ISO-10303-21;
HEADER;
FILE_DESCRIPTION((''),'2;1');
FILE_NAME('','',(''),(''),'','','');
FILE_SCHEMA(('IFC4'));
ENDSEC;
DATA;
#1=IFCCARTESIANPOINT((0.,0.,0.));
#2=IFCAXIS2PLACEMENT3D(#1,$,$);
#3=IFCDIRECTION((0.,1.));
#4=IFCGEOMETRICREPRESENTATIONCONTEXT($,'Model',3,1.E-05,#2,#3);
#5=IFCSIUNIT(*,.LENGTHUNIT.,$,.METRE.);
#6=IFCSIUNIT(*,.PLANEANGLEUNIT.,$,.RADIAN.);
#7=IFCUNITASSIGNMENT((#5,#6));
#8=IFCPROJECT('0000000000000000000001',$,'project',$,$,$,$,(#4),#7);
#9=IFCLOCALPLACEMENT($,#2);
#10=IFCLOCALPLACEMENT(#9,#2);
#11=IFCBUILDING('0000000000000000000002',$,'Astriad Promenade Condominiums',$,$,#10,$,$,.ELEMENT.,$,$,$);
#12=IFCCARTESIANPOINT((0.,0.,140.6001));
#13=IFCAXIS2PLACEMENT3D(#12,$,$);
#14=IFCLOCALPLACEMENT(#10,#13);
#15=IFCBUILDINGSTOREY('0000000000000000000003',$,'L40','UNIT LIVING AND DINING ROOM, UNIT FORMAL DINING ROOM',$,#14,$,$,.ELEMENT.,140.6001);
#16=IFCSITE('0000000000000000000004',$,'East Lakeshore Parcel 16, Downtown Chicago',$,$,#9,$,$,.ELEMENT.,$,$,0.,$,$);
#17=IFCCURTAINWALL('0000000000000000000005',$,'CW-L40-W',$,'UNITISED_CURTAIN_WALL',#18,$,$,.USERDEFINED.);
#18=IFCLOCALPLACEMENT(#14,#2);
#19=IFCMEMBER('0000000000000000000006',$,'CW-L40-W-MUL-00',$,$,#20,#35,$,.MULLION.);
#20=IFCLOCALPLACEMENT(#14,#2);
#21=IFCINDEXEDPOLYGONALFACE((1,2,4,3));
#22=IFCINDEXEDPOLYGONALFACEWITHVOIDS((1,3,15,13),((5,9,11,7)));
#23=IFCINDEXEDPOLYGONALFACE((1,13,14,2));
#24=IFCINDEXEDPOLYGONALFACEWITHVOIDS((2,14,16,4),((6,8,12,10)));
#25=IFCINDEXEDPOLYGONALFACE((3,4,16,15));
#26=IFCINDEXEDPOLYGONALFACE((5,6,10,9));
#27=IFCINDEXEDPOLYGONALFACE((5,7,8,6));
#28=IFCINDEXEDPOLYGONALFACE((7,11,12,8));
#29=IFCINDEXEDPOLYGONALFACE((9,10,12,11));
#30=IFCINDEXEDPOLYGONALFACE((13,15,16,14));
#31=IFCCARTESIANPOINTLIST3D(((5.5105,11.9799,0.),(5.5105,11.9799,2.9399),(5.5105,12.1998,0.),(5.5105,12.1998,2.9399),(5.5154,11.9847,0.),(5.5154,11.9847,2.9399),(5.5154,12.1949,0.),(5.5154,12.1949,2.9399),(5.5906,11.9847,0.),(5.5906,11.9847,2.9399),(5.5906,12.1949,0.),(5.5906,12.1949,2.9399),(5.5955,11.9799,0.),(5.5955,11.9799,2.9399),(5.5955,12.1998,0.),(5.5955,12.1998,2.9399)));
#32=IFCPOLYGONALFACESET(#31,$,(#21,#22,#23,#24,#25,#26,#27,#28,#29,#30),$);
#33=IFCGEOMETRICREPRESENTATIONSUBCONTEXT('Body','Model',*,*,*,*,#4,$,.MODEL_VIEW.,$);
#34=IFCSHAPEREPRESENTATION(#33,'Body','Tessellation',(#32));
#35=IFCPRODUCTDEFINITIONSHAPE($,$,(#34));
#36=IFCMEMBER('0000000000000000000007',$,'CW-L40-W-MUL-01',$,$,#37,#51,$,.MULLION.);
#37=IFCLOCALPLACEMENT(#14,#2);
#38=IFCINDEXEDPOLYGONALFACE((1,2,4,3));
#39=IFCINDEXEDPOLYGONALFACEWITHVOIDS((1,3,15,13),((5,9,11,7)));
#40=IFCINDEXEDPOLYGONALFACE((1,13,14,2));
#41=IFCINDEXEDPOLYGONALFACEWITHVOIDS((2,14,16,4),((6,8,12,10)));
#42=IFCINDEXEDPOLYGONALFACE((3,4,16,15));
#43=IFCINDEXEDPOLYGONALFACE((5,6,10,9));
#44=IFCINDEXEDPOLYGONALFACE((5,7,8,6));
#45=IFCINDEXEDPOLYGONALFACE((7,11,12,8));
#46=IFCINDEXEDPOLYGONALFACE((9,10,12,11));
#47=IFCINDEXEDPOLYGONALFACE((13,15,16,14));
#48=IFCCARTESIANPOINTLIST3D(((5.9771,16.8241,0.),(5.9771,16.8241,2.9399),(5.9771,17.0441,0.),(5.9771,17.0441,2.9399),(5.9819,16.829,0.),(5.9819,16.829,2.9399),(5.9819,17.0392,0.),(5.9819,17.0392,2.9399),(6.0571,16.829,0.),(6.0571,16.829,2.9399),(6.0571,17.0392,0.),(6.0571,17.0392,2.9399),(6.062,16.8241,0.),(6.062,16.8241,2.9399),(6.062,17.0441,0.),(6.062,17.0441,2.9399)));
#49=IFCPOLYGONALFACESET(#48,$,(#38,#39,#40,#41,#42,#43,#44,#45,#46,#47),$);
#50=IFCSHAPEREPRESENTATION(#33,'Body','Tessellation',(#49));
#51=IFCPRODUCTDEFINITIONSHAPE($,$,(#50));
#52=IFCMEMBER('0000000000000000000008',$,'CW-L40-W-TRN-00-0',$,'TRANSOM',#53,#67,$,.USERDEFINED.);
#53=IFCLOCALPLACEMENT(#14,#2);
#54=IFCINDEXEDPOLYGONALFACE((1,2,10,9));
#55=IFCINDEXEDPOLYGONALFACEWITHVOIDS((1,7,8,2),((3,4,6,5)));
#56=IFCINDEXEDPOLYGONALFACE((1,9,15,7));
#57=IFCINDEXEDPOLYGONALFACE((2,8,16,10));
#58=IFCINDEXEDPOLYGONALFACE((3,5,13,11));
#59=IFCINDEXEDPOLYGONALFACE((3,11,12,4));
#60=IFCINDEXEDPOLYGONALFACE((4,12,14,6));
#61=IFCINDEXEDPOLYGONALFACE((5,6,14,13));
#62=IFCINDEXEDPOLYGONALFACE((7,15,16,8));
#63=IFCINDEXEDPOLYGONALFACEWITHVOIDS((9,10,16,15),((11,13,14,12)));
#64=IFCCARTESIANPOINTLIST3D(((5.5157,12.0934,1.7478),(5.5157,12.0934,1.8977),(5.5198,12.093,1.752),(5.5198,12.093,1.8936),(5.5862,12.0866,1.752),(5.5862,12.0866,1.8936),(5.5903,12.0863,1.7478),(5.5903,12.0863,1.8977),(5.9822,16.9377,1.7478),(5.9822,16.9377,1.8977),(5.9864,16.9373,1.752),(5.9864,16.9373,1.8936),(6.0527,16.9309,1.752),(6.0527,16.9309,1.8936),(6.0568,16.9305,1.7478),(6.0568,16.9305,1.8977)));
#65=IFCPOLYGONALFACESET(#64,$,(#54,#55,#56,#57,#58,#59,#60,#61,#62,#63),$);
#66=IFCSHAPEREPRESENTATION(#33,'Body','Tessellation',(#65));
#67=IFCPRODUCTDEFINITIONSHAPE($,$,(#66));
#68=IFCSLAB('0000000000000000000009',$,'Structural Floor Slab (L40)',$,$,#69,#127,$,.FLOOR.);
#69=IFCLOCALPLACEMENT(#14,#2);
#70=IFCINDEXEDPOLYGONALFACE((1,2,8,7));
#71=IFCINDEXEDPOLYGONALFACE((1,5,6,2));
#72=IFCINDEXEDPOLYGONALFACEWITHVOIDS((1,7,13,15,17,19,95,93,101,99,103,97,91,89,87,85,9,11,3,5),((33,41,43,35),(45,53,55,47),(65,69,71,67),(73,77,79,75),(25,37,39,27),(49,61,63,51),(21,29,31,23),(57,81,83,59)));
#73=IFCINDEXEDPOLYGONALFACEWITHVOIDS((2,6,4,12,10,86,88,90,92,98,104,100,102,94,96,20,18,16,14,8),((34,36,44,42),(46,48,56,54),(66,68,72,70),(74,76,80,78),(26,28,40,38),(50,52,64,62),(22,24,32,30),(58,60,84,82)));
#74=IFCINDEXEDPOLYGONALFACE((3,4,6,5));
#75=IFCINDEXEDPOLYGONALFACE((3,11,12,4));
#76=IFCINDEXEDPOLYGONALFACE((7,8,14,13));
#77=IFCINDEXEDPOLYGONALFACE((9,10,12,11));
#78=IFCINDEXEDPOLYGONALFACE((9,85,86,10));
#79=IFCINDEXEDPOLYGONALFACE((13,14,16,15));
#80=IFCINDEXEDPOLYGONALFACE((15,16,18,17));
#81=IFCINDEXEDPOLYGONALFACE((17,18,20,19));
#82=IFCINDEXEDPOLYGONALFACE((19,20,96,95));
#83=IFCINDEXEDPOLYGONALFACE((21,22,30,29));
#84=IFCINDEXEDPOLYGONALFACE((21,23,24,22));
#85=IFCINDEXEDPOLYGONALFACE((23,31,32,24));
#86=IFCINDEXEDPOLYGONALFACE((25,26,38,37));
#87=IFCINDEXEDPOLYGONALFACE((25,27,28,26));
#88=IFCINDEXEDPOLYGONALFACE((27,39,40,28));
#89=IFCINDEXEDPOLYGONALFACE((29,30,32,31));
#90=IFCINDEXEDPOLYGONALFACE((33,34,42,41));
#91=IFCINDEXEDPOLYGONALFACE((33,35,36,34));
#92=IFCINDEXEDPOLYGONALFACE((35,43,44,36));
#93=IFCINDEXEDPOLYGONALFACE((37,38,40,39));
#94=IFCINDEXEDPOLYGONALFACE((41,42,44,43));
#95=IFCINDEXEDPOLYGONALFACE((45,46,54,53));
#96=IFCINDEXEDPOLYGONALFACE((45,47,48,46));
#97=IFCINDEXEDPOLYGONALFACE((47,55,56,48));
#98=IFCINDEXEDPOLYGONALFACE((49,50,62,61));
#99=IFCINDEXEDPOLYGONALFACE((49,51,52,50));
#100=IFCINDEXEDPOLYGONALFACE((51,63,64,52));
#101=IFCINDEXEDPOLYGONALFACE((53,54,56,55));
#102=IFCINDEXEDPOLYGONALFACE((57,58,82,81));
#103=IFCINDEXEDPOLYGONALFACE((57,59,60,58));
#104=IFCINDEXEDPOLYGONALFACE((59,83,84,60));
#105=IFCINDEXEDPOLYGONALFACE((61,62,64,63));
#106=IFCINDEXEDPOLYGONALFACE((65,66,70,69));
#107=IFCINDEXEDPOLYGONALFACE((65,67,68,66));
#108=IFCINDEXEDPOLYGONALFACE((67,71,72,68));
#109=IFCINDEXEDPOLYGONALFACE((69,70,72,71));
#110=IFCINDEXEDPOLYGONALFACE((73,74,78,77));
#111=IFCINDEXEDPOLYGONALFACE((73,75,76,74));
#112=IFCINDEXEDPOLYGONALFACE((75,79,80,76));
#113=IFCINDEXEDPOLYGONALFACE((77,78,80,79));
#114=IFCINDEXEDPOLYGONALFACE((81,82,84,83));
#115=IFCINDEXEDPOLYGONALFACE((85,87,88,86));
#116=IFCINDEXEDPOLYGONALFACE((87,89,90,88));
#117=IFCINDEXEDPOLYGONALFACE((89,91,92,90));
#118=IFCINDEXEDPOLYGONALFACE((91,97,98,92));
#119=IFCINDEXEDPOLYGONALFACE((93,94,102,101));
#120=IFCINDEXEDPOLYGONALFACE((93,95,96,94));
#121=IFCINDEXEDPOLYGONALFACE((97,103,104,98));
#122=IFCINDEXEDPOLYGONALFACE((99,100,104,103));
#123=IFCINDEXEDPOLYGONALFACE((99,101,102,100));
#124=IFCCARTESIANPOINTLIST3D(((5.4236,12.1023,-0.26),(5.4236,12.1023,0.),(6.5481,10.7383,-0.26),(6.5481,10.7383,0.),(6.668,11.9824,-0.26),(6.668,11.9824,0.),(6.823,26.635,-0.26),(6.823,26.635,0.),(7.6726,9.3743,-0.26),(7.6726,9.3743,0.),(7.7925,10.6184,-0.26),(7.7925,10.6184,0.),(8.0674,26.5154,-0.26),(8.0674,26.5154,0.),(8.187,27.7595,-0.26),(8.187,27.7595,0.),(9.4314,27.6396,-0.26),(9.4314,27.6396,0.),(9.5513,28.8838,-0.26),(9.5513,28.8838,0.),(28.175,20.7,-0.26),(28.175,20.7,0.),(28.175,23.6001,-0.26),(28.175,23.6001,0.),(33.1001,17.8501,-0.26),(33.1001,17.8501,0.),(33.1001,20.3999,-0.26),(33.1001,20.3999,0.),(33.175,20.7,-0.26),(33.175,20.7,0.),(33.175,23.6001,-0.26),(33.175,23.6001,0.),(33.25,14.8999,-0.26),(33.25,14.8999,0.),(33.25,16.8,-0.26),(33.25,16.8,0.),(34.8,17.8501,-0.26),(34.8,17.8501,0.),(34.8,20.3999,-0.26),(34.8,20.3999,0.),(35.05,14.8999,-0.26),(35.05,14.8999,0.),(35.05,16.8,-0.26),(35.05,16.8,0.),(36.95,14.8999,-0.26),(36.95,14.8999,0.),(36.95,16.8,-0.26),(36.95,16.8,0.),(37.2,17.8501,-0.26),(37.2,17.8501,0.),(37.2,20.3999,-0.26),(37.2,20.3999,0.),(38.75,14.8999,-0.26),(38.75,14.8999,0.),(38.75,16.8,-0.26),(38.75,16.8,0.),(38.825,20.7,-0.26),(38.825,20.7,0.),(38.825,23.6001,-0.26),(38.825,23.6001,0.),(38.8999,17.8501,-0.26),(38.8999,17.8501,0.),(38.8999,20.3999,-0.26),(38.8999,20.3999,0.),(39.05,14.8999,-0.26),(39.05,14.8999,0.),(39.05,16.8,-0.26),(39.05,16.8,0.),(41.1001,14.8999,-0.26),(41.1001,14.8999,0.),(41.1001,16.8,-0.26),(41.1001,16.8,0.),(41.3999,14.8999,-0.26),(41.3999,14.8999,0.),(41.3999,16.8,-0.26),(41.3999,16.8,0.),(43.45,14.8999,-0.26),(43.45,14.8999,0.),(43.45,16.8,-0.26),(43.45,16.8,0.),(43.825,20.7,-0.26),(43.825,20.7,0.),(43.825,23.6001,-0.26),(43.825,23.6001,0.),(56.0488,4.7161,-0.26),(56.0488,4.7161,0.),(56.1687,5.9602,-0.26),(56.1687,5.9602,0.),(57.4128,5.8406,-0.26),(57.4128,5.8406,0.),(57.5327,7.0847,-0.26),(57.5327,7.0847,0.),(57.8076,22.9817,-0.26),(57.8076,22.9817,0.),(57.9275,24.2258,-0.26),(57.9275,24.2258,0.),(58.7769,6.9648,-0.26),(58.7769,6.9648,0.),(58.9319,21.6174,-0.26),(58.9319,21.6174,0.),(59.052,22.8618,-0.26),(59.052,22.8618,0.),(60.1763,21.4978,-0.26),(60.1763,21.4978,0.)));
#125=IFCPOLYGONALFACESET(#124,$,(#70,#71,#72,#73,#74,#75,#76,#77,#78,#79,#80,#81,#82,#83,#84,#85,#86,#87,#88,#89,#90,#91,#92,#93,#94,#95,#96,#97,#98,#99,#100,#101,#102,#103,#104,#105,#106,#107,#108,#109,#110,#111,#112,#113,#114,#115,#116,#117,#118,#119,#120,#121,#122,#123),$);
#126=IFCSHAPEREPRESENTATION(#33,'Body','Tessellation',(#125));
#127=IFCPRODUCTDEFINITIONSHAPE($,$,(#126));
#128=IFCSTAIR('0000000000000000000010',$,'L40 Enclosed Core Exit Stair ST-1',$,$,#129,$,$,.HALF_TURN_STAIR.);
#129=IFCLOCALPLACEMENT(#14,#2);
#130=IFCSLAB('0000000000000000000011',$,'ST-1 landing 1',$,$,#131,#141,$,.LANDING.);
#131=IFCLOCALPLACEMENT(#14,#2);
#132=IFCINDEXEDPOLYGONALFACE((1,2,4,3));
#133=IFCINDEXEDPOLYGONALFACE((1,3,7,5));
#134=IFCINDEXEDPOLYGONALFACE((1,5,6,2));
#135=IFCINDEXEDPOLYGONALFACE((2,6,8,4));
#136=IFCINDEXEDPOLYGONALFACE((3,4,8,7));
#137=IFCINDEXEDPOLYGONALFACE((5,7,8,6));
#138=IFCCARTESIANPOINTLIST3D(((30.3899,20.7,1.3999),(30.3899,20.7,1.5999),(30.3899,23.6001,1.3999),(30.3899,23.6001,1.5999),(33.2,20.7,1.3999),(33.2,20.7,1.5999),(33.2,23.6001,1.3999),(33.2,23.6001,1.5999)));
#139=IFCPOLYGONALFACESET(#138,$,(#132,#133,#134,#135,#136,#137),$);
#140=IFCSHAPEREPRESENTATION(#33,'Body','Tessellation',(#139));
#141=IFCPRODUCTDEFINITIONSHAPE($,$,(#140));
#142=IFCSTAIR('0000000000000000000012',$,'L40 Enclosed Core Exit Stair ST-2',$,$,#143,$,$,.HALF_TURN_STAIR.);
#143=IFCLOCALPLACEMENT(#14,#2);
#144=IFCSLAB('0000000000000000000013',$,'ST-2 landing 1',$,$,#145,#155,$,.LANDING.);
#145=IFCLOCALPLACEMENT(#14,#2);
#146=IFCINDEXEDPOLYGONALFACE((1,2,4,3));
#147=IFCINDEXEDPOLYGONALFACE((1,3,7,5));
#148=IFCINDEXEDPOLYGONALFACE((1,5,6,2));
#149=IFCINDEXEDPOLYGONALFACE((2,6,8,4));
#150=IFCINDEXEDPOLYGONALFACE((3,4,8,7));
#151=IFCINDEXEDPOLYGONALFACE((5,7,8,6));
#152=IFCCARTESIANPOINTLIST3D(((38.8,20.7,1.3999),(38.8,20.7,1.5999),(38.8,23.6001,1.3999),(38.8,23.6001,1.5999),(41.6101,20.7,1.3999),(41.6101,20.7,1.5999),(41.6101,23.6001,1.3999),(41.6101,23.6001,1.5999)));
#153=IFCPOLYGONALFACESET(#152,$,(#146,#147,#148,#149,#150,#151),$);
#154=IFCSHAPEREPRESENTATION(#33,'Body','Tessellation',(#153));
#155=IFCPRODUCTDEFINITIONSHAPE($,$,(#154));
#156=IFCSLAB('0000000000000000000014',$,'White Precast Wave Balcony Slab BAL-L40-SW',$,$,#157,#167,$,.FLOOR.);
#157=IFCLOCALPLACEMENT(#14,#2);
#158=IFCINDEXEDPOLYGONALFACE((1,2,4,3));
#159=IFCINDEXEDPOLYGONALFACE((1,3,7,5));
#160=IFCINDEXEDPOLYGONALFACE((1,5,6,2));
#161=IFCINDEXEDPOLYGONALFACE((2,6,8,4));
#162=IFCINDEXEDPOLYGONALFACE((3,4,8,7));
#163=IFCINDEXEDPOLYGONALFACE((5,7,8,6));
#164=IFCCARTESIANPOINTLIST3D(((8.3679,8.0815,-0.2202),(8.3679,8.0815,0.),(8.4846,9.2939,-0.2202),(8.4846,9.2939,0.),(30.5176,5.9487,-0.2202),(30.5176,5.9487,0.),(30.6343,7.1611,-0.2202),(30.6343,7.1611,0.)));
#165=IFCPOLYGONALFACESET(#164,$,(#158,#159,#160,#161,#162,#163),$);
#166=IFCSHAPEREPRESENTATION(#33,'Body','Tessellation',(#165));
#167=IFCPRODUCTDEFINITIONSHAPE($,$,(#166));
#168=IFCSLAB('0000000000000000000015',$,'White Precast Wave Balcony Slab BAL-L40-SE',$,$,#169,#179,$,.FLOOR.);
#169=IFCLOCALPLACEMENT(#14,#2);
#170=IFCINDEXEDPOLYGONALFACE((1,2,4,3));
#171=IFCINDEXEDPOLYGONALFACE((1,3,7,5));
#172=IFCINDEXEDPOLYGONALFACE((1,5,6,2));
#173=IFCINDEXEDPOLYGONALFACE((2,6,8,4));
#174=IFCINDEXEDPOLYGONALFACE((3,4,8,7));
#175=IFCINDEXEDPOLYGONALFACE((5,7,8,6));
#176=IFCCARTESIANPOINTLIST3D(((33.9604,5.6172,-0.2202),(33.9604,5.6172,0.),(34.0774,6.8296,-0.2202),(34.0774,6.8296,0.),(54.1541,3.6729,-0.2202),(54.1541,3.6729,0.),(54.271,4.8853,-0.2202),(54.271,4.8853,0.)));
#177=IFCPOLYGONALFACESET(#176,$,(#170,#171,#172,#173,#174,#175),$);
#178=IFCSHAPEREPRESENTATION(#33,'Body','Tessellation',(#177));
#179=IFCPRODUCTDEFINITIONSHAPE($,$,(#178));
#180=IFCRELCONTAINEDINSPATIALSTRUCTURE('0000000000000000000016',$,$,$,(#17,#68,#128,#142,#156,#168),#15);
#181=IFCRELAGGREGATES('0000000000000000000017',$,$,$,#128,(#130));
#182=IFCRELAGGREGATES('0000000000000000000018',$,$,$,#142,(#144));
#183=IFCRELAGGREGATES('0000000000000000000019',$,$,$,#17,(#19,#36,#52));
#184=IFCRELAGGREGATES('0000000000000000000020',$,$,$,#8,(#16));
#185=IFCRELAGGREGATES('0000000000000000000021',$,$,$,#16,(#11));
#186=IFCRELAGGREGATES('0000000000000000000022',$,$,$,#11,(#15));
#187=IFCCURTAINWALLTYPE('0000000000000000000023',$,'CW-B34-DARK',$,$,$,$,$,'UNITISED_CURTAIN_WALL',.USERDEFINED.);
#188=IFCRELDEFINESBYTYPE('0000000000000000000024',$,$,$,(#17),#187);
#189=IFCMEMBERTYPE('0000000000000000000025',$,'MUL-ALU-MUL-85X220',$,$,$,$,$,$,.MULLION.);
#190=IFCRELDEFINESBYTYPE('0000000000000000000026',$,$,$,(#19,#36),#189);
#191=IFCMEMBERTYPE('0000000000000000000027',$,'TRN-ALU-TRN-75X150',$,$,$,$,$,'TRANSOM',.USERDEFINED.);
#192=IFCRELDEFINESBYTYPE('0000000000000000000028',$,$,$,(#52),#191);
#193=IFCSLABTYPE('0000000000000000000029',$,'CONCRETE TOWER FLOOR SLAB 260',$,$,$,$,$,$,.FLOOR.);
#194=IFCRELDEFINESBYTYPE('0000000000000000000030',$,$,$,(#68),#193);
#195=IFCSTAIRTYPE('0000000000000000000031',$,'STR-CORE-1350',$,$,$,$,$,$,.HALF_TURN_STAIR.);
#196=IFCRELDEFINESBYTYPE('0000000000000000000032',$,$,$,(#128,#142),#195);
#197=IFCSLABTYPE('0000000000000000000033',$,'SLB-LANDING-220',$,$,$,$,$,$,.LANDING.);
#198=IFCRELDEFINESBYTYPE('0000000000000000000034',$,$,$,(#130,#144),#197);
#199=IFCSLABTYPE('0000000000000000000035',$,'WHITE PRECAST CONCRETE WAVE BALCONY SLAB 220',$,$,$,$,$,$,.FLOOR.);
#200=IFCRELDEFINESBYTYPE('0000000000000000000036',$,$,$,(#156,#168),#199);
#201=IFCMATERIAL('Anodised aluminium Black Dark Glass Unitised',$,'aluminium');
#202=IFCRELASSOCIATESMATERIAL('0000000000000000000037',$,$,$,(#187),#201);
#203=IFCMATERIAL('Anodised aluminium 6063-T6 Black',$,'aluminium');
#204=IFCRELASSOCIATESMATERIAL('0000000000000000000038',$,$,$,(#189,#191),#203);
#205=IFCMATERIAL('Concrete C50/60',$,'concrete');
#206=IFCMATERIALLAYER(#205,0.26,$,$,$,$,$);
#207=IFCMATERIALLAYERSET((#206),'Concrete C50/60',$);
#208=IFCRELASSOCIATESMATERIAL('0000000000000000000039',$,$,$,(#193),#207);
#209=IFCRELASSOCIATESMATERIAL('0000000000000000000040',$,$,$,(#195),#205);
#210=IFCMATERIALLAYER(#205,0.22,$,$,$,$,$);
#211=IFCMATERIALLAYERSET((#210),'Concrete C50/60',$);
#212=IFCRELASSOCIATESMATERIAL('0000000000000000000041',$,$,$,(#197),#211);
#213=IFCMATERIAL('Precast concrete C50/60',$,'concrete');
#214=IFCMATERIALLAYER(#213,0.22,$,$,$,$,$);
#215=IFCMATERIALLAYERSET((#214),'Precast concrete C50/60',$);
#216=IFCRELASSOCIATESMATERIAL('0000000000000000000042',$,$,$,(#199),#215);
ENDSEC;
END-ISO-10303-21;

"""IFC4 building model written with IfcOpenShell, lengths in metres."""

from ifc_helpers import new_model, si_unit, direction, frame, origin, origin_2d, place, context, subcontext, project, spatial, polyline, hollow_rectangle, outline, extrude, source, transform, mapped, material, layer, layer_set, material_profile, profile_set, type_object, type_shapes, element, aggregate, save


model = new_model("IFC4")

# Units and contexts
model_context = context("Model", 3, precision=1e-05, world=origin(), true_north=direction((0.0, 1.0)))
body_context = subcontext(model_context, "Body", "Model", "MODEL_VIEW")
ifc_project = project(units=[si_unit("LENGTHUNIT", "METRE"), si_unit("PLANEANGLEUNIT", "RADIAN")], contexts=[model_context])

# Site, building, storey
site_placement = place(None, origin())
site = spatial("IfcSite", under=ifc_project, at=site_placement, Name="East Lakeshore Parcel 16, Downtown Chicago", CompositionType="ELEMENT", RefElevation=0.0)
building_placement = place(site_placement, origin())
building = spatial("IfcBuilding", under=site, at=building_placement, Name="Astriad Promenade Condominiums", CompositionType="ELEMENT")
storey_placement = place(building_placement, frame((0.0, 0.0, 140.6001)))
storey = spatial("IfcBuildingStorey", under=building, at=storey_placement, Name="L40", Description="UNIT LIVING AND DINING ROOM, UNIT FORMAL DINING ROOM", CompositionType="ELEMENT", Elevation=140.6001)

# Curtain wall, members
ifc_material_1 = material(Name="Anodised aluminium Black Dark Glass Unitised", Category="aluminium")
curtain_wall_type = type_object("IfcCurtainWallType", Name="CW-B34-DARK", ElementType="UNITISED_CURTAIN_WALL", PredefinedType="USERDEFINED", material=ifc_material_1)
curtain_wall_placement = place(storey_placement, origin())
curtain_wall = element("IfcCurtainWall", 1, at=curtain_wall_placement, inside=storey, type_object=curtain_wall_type, Name="CW-L40-W", ObjectType="UNITISED_CURTAIN_WALL", PredefinedType="USERDEFINED")
ifc_material_2 = material(Name="Anodised aluminium 6063-T6 Black", Category="aluminium")
ifc_material_profile_1 = material_profile(ifc_material_2, hollow_rectangle(XDim=0.085, YDim=0.22, WallThickness=0.0049, at=origin_2d()), Name="ALU-MUL-85X220")
ifc_profile_set_1 = profile_set([ifc_material_profile_1], Name="Anodised aluminium 6063-T6 Black")
member_type_1 = type_object("IfcMemberType", Name="MUL-ALU-MUL-85X220", PredefinedType="MULLION", material=ifc_profile_set_1)
shared_shape_1 = source(origin(), body_context, "Body", "SweptSolid", [
    extrude(hollow_rectangle(XDim=0.085, YDim=0.22, WallThickness=0.0049, at=origin_2d()), origin(), (0.0, 0.0, 1.0), 2.9399),
])
type_shapes(member_type_1, [shared_shape_1])
member_1_placement = place(storey_placement, frame((5.553, 12.0898, 0.0), z_axis=(0.0, 0.0, 1.0), x_axis=(1.0, 0.0, 0.0)))
member_1 = element("IfcMember", 2, at=member_1_placement, type_object=member_type_1, Name="CW-L40-W-MUL-00", PredefinedType="MULLION", context=body_context, shape_type="MappedRepresentation", body=[
    mapped(shared_shape_1, transform((0.0, 0.0, 0.0), scale=1.0)),
])
member_2_placement = place(storey_placement, frame((6.0195, 16.9341, 0.0), z_axis=(0.0, 0.0, 1.0), x_axis=(1.0, 0.0, 0.0)))
member_2 = element("IfcMember", 3, at=member_2_placement, type_object=member_type_1, Name="CW-L40-W-MUL-01", PredefinedType="MULLION", context=body_context, shape_type="MappedRepresentation", body=[
    mapped(shared_shape_1, transform((0.0, 0.0, 0.0), scale=1.0)),
])
ifc_material_profile_2 = material_profile(ifc_material_2, hollow_rectangle(XDim=0.075, YDim=0.1499, WallThickness=0.0042, at=origin_2d()), Name="ALU-TRN-75X150")
ifc_profile_set_2 = profile_set([ifc_material_profile_2], Name="Anodised aluminium 6063-T6 Black")
member_type_2 = type_object("IfcMemberType", Name="TRN-ALU-TRN-75X150", ElementType="TRANSOM", PredefinedType="USERDEFINED", material=ifc_profile_set_2)
shared_shape_2 = source(origin(), body_context, "Body", "SweptSolid", [
    extrude(hollow_rectangle(XDim=0.075, YDim=0.1499, WallThickness=0.0042, at=origin_2d()), origin(), (0.0, 0.0, 1.0), 4.8667),
])
type_shapes(member_type_2, [shared_shape_2])
member_3_placement = place(storey_placement, frame((5.553, 12.0898, 1.8228), z_axis=(0.095867, 0.995394, 0.0), x_axis=(-0.995394, 0.095867, 0.0)))
member_3 = element("IfcMember", 4, at=member_3_placement, type_object=member_type_2, Name="CW-L40-W-TRN-00-0", ObjectType="TRANSOM", PredefinedType="USERDEFINED", context=body_context, shape_type="MappedRepresentation", body=[
    mapped(shared_shape_2, transform((0.0, 0.0, 0.0), scale=1.0)),
])

# Slab
ifc_material_3 = material(Name="Concrete C50/60", Category="concrete")
ifc_layer_1 = layer(ifc_material_3, 0.26)
ifc_layer_set_1 = layer_set([ifc_layer_1], Name="Concrete C50/60")
slab_type_1 = type_object("IfcSlabType", Name="CONCRETE TOWER FLOOR SLAB 260", PredefinedType="FLOOR", material=ifc_layer_set_1)
slab_1_placement = place(storey_placement, frame((0.0, 0.0, -0.26)))
element("IfcSlab", 5, at=slab_1_placement, inside=storey, type_object=slab_type_1, Name="Structural Floor Slab (L40)", PredefinedType="FLOOR", context=body_context, shape_type="SweptSolid", body=[
    extrude(outline(polyline([(7.6726, 9.3743), (56.0488, 4.7161), (56.1687, 5.9602), (57.4128, 5.8406), (57.5327, 7.0847), (58.7769, 6.9648), (60.1763, 21.4978), (58.9319, 21.6174), (59.052, 22.8618), (57.8076, 22.9817), (57.9275, 24.2258), (9.5513, 28.8838), (9.4314, 27.6396), (8.187, 27.7595), (8.0674, 26.5154), (6.823, 26.635), (5.4236, 12.1023), (6.668, 11.9824), (6.5481, 10.7383), (7.7925, 10.6184), (7.6726, 9.3743)]), holes=[polyline([(28.175, 20.7), (33.175, 20.7), (33.175, 23.6001), (28.175, 23.6001), (28.175, 20.7)]), polyline([(38.825, 20.7), (43.825, 20.7), (43.825, 23.6001), (38.825, 23.6001), (38.825, 20.7)]), polyline([(33.1001, 17.8501), (34.8, 17.8501), (34.8, 20.3999), (33.1001, 20.3999), (33.1001, 17.8501)]), polyline([(37.2, 17.8501), (38.8999, 17.8501), (38.8999, 20.3999), (37.2, 20.3999), (37.2, 17.8501)]), polyline([(33.25, 14.8999), (35.05, 14.8999), (35.05, 16.8), (33.25, 16.8), (33.25, 14.8999)]), polyline([(36.95, 14.8999), (38.75, 14.8999), (38.75, 16.8), (36.95, 16.8), (36.95, 14.8999)]), polyline([(39.05, 14.8999), (41.1001, 14.8999), (41.1001, 16.8), (39.05, 16.8), (39.05, 14.8999)]), polyline([(41.3999, 14.8999), (43.45, 14.8999), (43.45, 16.8), (41.3999, 16.8), (41.3999, 14.8999)])]), origin(), (0.0, 0.0, 1.0), 0.26),
])

# Stairs, slabs
stair_type = type_object("IfcStairType", Name="STR-CORE-1350", PredefinedType="HALF_TURN_STAIR", material=ifc_material_3)
stair_1_placement = place(storey_placement, origin())
stair_1 = element("IfcStair", 6, at=stair_1_placement, inside=storey, type_object=stair_type, Name="L40 Enclosed Core Exit Stair ST-1", PredefinedType="HALF_TURN_STAIR")
ifc_layer_2 = layer(ifc_material_3, 0.22)
ifc_layer_set_2 = layer_set([ifc_layer_2], Name="Concrete C50/60")
slab_type_2 = type_object("IfcSlabType", Name="SLB-LANDING-220", PredefinedType="LANDING", material=ifc_layer_set_2)
slab_2_placement = place(storey_placement, frame((0.0, 0.0, 1.3999)))
slab_2 = element("IfcSlab", 7, at=slab_2_placement, type_object=slab_type_2, Name="ST-1 landing 1", PredefinedType="LANDING", context=body_context, shape_type="SweptSolid", body=[
    extrude(outline(polyline([(30.3899, 20.7), (33.2, 20.7), (33.2, 23.6001), (30.3899, 23.6001), (30.3899, 20.7)])), origin(), (0.0, 0.0, 1.0), 0.2),
])
aggregate(stair_1, [slab_2])
stair_2_placement = place(storey_placement, origin())
stair_2 = element("IfcStair", 8, at=stair_2_placement, inside=storey, type_object=stair_type, Name="L40 Enclosed Core Exit Stair ST-2", PredefinedType="HALF_TURN_STAIR")
slab_3_placement = place(storey_placement, frame((0.0, 0.0, 1.3999)))
slab_3 = element("IfcSlab", 9, at=slab_3_placement, type_object=slab_type_2, Name="ST-2 landing 1", PredefinedType="LANDING", context=body_context, shape_type="SweptSolid", body=[
    extrude(outline(polyline([(41.6101, 23.6001), (38.8, 23.6001), (38.8, 20.7), (41.6101, 20.7), (41.6101, 23.6001)])), origin(), (0.0, 0.0, 1.0), 0.2),
])
aggregate(stair_2, [slab_3])

# Slabs
ifc_material_4 = material(Name="Precast concrete C50/60", Category="concrete")
ifc_layer_3 = layer(ifc_material_4, 0.22)
ifc_layer_set_3 = layer_set([ifc_layer_3], Name="Precast concrete C50/60")
slab_type_3 = type_object("IfcSlabType", Name="WHITE PRECAST CONCRETE WAVE BALCONY SLAB 220", PredefinedType="FLOOR", material=ifc_layer_set_3)
slab_4_placement = place(storey_placement, frame((0.0, 0.0, -0.2202)))
element("IfcSlab", 10, at=slab_4_placement, inside=storey, type_object=slab_type_3, Name="White Precast Wave Balcony Slab BAL-L40-SW", PredefinedType="FLOOR", context=body_context, shape_type="SweptSolid", body=[
    extrude(outline(polyline([(30.5176, 5.9487), (8.3679, 8.0815), (8.4846, 9.2939), (30.6343, 7.1611), (30.5176, 5.9487)])), origin(), (0.0, 0.0, 1.0), 0.2202),
])
slab_5_placement = place(storey_placement, frame((0.0, 0.0, -0.2202)))
element("IfcSlab", 11, at=slab_5_placement, inside=storey, type_object=slab_type_3, Name="White Precast Wave Balcony Slab BAL-L40-SE", PredefinedType="FLOOR", context=body_context, shape_type="SweptSolid", body=[
    extrude(outline(polyline([(54.1541, 3.6729), (33.9604, 5.6172), (34.0774, 6.8296), (54.271, 4.8853), (54.1541, 3.6729)])), origin(), (0.0, 0.0, 1.0), 0.2202),
])

aggregate(curtain_wall, [member_1, member_2, member_3])

save(model, "model.ifc")
